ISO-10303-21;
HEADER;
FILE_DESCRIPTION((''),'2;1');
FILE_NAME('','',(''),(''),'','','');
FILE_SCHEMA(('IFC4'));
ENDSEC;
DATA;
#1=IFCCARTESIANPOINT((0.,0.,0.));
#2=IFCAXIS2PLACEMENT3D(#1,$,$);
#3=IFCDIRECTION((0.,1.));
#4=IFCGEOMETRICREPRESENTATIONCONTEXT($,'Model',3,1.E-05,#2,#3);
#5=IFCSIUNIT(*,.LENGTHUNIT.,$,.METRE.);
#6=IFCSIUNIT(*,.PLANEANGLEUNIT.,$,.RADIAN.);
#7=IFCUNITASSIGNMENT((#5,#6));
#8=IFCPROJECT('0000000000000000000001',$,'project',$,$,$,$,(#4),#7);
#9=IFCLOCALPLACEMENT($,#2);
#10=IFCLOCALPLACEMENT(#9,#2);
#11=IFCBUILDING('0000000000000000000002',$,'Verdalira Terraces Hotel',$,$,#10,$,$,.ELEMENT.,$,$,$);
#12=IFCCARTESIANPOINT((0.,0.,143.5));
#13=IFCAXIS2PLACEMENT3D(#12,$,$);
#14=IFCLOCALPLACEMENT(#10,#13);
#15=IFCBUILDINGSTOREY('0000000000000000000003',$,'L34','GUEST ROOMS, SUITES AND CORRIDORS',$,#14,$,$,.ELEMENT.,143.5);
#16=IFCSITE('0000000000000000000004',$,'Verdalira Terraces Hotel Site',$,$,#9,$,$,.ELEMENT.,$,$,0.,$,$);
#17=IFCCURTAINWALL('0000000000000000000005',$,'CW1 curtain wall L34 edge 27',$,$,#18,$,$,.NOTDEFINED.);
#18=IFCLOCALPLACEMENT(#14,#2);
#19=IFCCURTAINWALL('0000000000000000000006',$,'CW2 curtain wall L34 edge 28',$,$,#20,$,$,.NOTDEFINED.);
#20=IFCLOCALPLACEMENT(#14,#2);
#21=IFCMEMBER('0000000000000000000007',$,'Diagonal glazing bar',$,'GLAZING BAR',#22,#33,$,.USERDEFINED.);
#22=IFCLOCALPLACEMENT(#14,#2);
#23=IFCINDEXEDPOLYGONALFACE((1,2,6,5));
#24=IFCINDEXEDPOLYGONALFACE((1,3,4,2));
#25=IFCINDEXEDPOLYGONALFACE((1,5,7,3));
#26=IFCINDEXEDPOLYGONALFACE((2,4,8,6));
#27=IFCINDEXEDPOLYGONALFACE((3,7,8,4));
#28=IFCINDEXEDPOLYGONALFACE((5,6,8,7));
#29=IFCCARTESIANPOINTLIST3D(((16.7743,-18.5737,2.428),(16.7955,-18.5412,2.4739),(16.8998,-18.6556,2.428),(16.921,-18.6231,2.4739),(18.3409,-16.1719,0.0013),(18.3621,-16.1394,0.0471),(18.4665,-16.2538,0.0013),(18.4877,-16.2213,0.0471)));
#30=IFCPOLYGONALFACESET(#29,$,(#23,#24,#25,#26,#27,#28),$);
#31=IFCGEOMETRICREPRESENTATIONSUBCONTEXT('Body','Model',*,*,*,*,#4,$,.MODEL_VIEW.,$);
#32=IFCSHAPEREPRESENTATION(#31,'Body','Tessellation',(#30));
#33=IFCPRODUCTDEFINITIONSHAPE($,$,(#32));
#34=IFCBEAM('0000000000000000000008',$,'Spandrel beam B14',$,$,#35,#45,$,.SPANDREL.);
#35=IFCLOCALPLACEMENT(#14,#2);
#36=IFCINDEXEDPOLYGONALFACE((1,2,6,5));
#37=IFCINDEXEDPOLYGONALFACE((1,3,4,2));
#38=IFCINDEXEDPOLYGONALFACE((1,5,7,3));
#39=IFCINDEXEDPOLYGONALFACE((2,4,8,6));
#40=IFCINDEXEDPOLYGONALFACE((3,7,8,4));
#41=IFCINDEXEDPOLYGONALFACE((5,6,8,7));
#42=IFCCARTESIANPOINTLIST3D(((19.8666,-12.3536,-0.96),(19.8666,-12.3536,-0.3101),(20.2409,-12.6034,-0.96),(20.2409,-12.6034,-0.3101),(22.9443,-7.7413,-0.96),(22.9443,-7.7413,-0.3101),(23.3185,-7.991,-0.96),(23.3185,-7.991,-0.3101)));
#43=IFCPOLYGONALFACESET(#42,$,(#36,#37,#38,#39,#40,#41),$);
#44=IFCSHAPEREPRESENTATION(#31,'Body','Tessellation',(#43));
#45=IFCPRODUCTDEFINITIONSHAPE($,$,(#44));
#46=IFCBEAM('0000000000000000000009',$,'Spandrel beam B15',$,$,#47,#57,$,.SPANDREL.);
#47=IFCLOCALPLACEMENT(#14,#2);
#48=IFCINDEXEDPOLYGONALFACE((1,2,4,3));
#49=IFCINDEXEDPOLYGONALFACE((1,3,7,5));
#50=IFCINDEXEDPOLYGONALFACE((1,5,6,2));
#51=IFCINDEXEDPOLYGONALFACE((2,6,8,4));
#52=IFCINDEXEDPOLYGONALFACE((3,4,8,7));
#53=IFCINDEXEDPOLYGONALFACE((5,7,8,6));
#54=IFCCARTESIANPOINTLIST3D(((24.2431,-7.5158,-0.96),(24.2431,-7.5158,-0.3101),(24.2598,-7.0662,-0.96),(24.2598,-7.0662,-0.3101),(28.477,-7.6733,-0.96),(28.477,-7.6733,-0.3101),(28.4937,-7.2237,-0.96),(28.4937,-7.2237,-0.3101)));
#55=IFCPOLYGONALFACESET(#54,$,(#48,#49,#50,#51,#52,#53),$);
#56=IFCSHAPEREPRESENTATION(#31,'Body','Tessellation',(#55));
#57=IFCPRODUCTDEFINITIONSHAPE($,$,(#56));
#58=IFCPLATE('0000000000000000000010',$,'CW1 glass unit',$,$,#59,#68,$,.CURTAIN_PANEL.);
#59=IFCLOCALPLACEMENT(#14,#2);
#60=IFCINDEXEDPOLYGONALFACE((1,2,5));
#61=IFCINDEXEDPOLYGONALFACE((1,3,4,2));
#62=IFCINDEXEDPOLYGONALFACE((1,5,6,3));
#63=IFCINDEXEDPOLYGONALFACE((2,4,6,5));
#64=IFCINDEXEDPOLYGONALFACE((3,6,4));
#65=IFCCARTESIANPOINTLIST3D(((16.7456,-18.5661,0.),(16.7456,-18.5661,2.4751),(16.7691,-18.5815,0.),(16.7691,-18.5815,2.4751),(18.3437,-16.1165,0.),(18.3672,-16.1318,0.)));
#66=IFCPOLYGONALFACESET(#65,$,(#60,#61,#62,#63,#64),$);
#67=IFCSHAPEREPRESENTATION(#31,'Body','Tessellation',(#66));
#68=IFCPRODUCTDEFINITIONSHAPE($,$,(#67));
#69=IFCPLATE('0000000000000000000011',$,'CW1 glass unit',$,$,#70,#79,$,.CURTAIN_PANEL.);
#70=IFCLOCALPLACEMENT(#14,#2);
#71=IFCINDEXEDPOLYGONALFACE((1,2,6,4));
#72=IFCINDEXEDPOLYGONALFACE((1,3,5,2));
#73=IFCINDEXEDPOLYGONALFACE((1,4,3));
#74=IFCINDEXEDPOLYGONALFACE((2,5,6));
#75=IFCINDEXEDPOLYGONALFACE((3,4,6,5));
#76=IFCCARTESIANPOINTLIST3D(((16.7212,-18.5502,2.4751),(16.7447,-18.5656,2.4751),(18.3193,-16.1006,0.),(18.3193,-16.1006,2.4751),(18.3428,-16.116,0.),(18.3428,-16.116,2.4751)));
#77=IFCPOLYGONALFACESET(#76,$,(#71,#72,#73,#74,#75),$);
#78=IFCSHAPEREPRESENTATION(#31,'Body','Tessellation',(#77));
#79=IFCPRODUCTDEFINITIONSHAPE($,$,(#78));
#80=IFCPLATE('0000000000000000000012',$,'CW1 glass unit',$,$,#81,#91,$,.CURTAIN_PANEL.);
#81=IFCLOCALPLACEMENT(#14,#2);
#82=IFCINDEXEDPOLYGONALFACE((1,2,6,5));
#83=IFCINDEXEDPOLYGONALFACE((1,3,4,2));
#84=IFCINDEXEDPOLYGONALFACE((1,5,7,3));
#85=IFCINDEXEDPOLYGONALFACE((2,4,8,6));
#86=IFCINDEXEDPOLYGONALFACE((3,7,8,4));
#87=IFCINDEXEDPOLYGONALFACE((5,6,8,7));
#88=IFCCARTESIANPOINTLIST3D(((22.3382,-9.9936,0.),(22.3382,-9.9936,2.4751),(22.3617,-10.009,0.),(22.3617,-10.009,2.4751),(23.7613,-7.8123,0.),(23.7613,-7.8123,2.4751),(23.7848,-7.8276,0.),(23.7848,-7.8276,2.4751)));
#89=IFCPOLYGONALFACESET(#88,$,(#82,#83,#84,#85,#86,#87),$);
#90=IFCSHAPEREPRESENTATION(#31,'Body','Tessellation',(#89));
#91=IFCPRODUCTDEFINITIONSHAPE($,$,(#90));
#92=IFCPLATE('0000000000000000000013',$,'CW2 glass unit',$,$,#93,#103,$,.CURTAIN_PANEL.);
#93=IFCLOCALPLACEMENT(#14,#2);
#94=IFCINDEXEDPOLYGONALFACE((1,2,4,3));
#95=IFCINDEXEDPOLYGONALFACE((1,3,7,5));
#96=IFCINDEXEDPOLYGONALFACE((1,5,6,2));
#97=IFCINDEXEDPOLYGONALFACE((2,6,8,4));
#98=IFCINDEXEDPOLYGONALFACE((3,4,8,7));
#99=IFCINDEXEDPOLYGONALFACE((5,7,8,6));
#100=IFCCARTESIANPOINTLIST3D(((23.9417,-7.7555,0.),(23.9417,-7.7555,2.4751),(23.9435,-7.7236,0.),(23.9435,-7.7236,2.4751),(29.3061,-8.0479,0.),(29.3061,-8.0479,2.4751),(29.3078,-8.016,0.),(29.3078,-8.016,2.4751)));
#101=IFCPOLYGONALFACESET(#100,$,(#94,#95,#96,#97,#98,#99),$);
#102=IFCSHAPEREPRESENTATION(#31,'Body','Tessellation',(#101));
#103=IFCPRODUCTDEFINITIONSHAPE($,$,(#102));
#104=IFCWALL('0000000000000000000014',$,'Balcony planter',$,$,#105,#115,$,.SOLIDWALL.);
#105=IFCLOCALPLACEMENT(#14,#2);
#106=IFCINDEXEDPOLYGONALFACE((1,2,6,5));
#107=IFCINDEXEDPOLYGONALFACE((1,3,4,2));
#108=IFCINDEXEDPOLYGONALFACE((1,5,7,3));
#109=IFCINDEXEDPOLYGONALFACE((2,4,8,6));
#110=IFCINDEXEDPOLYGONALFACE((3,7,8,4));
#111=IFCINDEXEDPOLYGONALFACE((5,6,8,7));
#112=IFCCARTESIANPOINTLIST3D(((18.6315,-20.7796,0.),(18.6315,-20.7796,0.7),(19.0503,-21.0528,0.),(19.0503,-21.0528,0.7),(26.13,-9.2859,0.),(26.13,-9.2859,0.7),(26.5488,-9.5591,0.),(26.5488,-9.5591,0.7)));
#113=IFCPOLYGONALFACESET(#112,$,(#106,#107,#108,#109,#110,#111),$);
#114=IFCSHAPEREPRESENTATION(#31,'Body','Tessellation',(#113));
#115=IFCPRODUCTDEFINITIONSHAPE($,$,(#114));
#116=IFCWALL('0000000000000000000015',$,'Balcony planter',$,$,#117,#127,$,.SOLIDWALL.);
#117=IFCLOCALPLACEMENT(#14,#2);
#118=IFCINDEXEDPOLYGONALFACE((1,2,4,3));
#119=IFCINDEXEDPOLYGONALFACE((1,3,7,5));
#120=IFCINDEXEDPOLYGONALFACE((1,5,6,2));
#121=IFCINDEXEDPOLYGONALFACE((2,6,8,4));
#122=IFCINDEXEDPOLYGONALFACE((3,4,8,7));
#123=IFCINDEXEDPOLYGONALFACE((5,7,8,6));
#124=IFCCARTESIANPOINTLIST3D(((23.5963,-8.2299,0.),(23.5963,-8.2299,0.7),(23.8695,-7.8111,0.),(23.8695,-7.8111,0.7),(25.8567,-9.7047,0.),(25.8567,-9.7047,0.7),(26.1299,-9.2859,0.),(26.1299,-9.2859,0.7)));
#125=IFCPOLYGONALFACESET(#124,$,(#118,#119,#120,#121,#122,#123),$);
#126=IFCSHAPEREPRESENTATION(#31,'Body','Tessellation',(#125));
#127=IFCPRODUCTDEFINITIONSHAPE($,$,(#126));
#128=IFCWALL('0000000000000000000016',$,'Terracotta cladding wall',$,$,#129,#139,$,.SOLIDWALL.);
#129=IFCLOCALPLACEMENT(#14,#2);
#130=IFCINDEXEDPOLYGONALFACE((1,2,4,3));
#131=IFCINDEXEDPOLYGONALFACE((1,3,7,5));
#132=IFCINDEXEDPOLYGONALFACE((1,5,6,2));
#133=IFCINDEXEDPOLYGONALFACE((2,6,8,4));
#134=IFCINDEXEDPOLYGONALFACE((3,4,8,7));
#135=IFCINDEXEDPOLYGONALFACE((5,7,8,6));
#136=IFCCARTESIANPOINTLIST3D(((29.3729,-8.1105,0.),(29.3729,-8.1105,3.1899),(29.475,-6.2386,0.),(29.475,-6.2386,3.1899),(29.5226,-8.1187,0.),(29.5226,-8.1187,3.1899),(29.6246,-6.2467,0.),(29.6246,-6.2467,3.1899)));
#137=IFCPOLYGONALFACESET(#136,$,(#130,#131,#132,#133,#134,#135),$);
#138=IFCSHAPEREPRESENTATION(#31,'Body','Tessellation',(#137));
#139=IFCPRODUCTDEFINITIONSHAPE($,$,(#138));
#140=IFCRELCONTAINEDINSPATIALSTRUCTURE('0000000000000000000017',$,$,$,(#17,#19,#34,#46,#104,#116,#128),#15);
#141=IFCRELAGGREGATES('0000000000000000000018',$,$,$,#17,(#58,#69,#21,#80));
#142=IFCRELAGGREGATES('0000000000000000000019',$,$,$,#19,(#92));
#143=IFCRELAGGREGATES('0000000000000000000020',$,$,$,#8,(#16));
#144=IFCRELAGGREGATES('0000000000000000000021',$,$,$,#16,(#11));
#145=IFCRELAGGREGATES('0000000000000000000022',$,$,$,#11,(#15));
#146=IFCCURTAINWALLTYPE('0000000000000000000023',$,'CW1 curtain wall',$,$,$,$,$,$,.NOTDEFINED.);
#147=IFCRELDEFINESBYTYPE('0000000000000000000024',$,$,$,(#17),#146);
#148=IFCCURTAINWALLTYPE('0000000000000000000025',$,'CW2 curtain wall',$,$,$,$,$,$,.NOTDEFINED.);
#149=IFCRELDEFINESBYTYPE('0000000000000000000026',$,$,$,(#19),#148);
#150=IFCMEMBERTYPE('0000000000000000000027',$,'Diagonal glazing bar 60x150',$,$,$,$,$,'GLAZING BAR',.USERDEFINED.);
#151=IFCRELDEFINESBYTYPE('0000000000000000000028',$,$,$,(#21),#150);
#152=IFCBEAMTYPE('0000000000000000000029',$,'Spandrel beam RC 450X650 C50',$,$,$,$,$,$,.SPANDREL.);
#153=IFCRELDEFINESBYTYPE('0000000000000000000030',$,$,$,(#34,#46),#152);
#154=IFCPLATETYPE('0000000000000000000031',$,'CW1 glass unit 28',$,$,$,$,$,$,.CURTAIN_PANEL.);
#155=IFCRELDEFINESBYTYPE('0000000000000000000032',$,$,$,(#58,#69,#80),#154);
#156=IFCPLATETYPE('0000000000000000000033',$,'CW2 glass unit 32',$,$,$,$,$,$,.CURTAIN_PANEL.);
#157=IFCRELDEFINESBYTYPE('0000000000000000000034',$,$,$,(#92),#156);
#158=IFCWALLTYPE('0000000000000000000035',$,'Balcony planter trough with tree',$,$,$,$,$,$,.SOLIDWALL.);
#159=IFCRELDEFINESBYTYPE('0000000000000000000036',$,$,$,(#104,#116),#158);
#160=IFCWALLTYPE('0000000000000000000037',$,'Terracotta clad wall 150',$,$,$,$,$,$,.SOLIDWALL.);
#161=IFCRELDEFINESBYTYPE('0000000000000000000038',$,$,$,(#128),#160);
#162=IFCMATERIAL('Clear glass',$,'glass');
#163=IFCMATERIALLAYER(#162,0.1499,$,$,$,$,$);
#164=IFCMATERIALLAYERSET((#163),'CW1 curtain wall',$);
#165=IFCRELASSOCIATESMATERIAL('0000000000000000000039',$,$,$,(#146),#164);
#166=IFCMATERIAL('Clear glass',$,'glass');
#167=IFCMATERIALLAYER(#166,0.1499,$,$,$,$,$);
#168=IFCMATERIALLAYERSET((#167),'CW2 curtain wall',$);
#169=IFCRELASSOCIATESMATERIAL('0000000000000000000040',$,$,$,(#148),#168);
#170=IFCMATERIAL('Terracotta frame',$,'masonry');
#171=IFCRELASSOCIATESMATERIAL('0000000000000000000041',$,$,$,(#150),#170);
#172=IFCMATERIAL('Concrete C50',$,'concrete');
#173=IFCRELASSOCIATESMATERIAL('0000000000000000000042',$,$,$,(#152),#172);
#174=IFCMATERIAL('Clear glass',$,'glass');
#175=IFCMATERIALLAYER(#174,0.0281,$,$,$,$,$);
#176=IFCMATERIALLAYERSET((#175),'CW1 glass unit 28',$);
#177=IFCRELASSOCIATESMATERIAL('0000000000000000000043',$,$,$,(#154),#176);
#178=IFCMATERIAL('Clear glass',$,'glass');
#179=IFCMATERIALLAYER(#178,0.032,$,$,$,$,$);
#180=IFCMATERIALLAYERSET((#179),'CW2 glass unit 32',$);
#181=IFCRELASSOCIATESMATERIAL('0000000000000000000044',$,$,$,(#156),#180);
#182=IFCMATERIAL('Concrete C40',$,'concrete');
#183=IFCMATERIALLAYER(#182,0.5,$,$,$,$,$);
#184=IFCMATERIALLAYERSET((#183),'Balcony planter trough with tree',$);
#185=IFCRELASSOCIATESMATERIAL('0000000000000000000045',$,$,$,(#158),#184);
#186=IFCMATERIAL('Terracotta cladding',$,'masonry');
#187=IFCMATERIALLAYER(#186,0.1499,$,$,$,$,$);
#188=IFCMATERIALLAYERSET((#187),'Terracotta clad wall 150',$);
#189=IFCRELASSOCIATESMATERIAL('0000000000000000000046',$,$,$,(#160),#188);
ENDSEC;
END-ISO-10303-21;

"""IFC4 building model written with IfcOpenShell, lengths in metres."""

from ifc_helpers import new_model, si_unit, direction, frame, frame_2d, origin, origin_2d, place, context, subcontext, project, spatial, polyline, rectangle, outline, extrude, material, layer, layer_set, material_profile, profile_set, type_object, element, aggregate, save


model = new_model("IFC4")

# Units and contexts
model_context = context("Model", 3, precision=1e-05, world=origin(), true_north=direction((0.0, 1.0)))
body_context = subcontext(model_context, "Body", "Model", "MODEL_VIEW")
ifc_project = project(units=[si_unit("LENGTHUNIT", "METRE"), si_unit("PLANEANGLEUNIT", "RADIAN")], contexts=[model_context])

# Site, building, storey
site_placement = place(None, origin())
site = spatial("IfcSite", under=ifc_project, at=site_placement, Name="Verdalira Terraces Hotel Site", CompositionType="ELEMENT", RefElevation=0.0)
building_placement = place(site_placement, origin())
building = spatial("IfcBuilding", under=site, at=building_placement, Name="Verdalira Terraces Hotel", CompositionType="ELEMENT")
storey_placement = place(building_placement, frame((0.0, 0.0, 143.5)))
storey = spatial("IfcBuildingStorey", under=building, at=storey_placement, Name="L34", Description="GUEST ROOMS, SUITES AND CORRIDORS", CompositionType="ELEMENT", Elevation=143.5)

# Shared definitions
ifc_material_1 = material(Name="Clear glass", Category="glass")
ifc_layer_1 = layer(ifc_material_1, 0.1499)
ifc_layer_set_1 = layer_set([ifc_layer_1], Name="CW1 curtain wall")
curtain_wall_type_1 = type_object("IfcCurtainWallType", Name="CW1 curtain wall", PredefinedType="NOTDEFINED", material=ifc_layer_set_1)

# Curtain walls
curtain_wall_1_placement = place(storey_placement, origin())
curtain_wall_1 = element("IfcCurtainWall", 1, at=curtain_wall_1_placement, inside=storey, type_object=curtain_wall_type_1, Name="CW1 curtain wall L34 edge 27", PredefinedType="NOTDEFINED")
ifc_material_2 = material(Name="Clear glass", Category="glass")
ifc_layer_2 = layer(ifc_material_2, 0.1499)
ifc_layer_set_2 = layer_set([ifc_layer_2], Name="CW2 curtain wall")
curtain_wall_type_2 = type_object("IfcCurtainWallType", Name="CW2 curtain wall", PredefinedType="NOTDEFINED", material=ifc_layer_set_2)
curtain_wall_2_placement = place(storey_placement, origin())
curtain_wall_2 = element("IfcCurtainWall", 2, at=curtain_wall_2_placement, inside=storey, type_object=curtain_wall_type_2, Name="CW2 curtain wall L34 edge 28", PredefinedType="NOTDEFINED")

# Member
ifc_material_3 = material(Name="Terracotta frame", Category="masonry")
ifc_material_profile_1 = material_profile(ifc_material_3, rectangle(XDim=0.1499, YDim=0.0601, at=origin_2d()), Name="GB 60x150")
ifc_profile_set_1 = profile_set([ifc_material_profile_1], Name="Terracotta frame")
member_type_1 = type_object("IfcMemberType", Name="Diagonal glazing bar 60x150", ElementType="GLAZING BAR", PredefinedType="USERDEFINED", material=ifc_profile_set_1)
member_1_placement = place(storey_placement, frame((16.8477, -18.5984, 2.4509), z_axis=(0.417033, 0.63936, -0.645989), x_axis=(-0.837575, 0.546322, 0.0)))
member_1 = element("IfcMember", 3, at=member_1_placement, type_object=member_type_1, Name="Diagonal glazing bar", ObjectType="GLAZING BAR", PredefinedType="USERDEFINED", context=body_context, shape_type="SweptSolid", body=[
    extrude(rectangle(XDim=0.1499, YDim=0.0601, at=origin_2d()), origin(), (0.0, 0.0, 1.0), 3.7566),
])

# Beams
ifc_material_4 = material(Name="Concrete C50", Category="concrete")
ifc_material_profile_2 = material_profile(ifc_material_4, rectangle(XDim=0.45, YDim=0.6499, at=origin_2d()), Name="RC 450X650")
ifc_profile_set_2 = profile_set([ifc_material_profile_2], Name="Concrete C50")
beam_type_1 = type_object("IfcBeamType", Name="Spandrel beam RC 450X650 C50", PredefinedType="SPANDREL", material=ifc_profile_set_2)
beam_1_placement = place(storey_placement, frame((20.0537, -12.4785, -0.635), z_axis=(0.555046, 0.83182, 0.0), x_axis=(-0.83182, 0.555046, 0.0)))
element("IfcBeam", 4, at=beam_1_placement, inside=storey, type_object=beam_type_1, Name="Spandrel beam B14", PredefinedType="SPANDREL", context=body_context, shape_type="SweptSolid", body=[
    extrude(rectangle(XDim=0.45, YDim=0.6499, at=origin_2d()), origin(), (0.0, 0.0, 1.0), 5.5449),
])
beam_2_placement = place(storey_placement, frame((24.2515, -7.291, -0.635), z_axis=(0.999309, -0.037167, 0.0), x_axis=(0.037167, 0.999309, 0.0)))
element("IfcBeam", 5, at=beam_2_placement, inside=storey, type_object=beam_type_1, Name="Spandrel beam B15", PredefinedType="SPANDREL", context=body_context, shape_type="SweptSolid", body=[
    extrude(rectangle(XDim=0.45, YDim=0.6499, at=origin_2d()), origin(), (0.0, 0.0, 1.0), 4.2368),
])

# Plates
ifc_material_5 = material(Name="Clear glass", Category="glass")
ifc_layer_3 = layer(ifc_material_5, 0.0281)
ifc_layer_set_3 = layer_set([ifc_layer_3], Name="CW1 glass unit 28")
plate_type_1 = type_object("IfcPlateType", Name="CW1 glass unit 28", PredefinedType="CURTAIN_PANEL", material=ifc_layer_set_3)
plate_1_placement = place(storey_placement, frame((17.5447, -17.3413, 1.2375), z_axis=(0.837528, -0.546394, 0.0), x_axis=(0.546394, 0.837528, 0.0)))
plate_1 = element("IfcPlate", 6, at=plate_1_placement, type_object=plate_type_1, Name="CW1 glass unit", PredefinedType="CURTAIN_PANEL", context=body_context, shape_type="SweptSolid", body=[
    extrude(outline(polyline([(-1.4624, -1.2375), (1.4624, -1.2375), (-1.4624, 1.2375), (-1.4624, -1.2375)])), origin(), (0.0, 0.0, 1.0), 0.0281),
])
plate_2_placement = place(storey_placement, frame((17.5203, -17.3254, 1.2375), z_axis=(0.837528, -0.546394, 0.0), x_axis=(0.546394, 0.837528, 0.0)))
plate_2 = element("IfcPlate", 7, at=plate_2_placement, type_object=plate_type_1, Name="CW1 glass unit", PredefinedType="CURTAIN_PANEL", context=body_context, shape_type="SweptSolid", body=[
    extrude(outline(polyline([(1.4624, -1.2375), (1.4624, 1.2375), (-1.4624, 1.2375), (1.4624, -1.2375)])), origin(), (0.0, 0.0, 1.0), 0.0281),
])
plate_3_placement = place(storey_placement, frame((23.0615, -8.9106, 0.0), z_axis=(0.0, 0.0, 1.0), x_axis=(0.546394, 0.837528, 0.0)))
plate_3 = element("IfcPlate", 8, at=plate_3_placement, type_object=plate_type_1, Name="CW1 glass unit", PredefinedType="CURTAIN_PANEL", context=body_context, shape_type="SweptSolid", body=[
    extrude(rectangle(XDim=2.6045, YDim=0.0281, at=origin_2d()), origin(), (0.0, 0.0, 1.0), 2.4751),
])
aggregate(curtain_wall_1, [plate_1, plate_2, member_1, plate_3])
ifc_material_6 = material(Name="Clear glass", Category="glass")
ifc_layer_4 = layer(ifc_material_6, 0.032)
ifc_layer_set_4 = layer_set([ifc_layer_4], Name="CW2 glass unit 32")
plate_type_2 = type_object("IfcPlateType", Name="CW2 glass unit 32", PredefinedType="CURTAIN_PANEL", material=ifc_layer_set_4)
plate_4_placement = place(storey_placement, frame((26.6248, -7.8857, 0.0), z_axis=(0.0, 0.0, 1.0), x_axis=(0.998518, -0.054427, 0.0)))
plate_4 = element("IfcPlate", 9, at=plate_4_placement, type_object=plate_type_2, Name="CW2 glass unit", PredefinedType="CURTAIN_PANEL", context=body_context, shape_type="SweptSolid", body=[
    extrude(rectangle(XDim=5.3723, YDim=0.032, at=origin_2d()), origin(), (0.0, 0.0, 1.0), 2.4751),
])
aggregate(curtain_wall_2, [plate_4])

# Walls
ifc_material_7 = material(Name="Concrete C40", Category="concrete")
ifc_layer_5 = layer(ifc_material_7, 0.5)
ifc_layer_set_5 = layer_set([ifc_layer_5], Name="Balcony planter trough with tree")
wall_type_1 = type_object("IfcWallType", Name="Balcony planter trough with tree", PredefinedType="SOLIDWALL", material=ifc_layer_set_5)
wall_1_placement = place(storey_placement, frame((18.8408, -20.9163, 0.0), z_axis=(0.0, 0.0, 1.0), x_axis=(0.546405, 0.837521, 0.0)))
element("IfcWall", 10, at=wall_1_placement, inside=storey, type_object=wall_type_1, Name="Balcony planter", PredefinedType="SOLIDWALL", context=body_context, shape_type="SweptSolid", body=[
    extrude(rectangle(XDim=13.7234, YDim=0.5, at=frame_2d((6.8618, 0.0))), origin(), (0.0, 0.0, 1.0), 0.7),
])
wall_2_placement = place(storey_placement, frame((25.9934, -9.4954, 0.0), z_axis=(0.0, 0.0, 1.0), x_axis=(-0.837506, 0.546428, 0.0)))
element("IfcWall", 11, at=wall_2_placement, inside=storey, type_object=wall_type_1, Name="Balcony planter", PredefinedType="SOLIDWALL", context=body_context, shape_type="SweptSolid", body=[
    extrude(rectangle(XDim=2.699, YDim=0.5, at=frame_2d((1.3496, 0.0))), origin(), (0.0, 0.0, 1.0), 0.7),
])
ifc_material_8 = material(Name="Terracotta cladding", Category="masonry")
ifc_layer_6 = layer(ifc_material_8, 0.1499)
ifc_layer_set_6 = layer_set([ifc_layer_6], Name="Terracotta clad wall 150")
wall_type_2 = type_object("IfcWallType", Name="Terracotta clad wall 150", PredefinedType="SOLIDWALL", material=ifc_layer_set_6)
wall_3_placement = place(storey_placement, frame((29.4478, -8.1147, 0.0), z_axis=(0.0, 0.0, 1.0), x_axis=(0.054431, 0.998518, 0.0)))
element("IfcWall", 12, at=wall_3_placement, inside=storey, type_object=wall_type_2, Name="Terracotta cladding wall", PredefinedType="SOLIDWALL", context=body_context, shape_type="SweptSolid", body=[
    extrude(rectangle(XDim=1.8748, YDim=0.1499, at=frame_2d((0.9375, 0.0))), origin(), (0.0, 0.0, 1.0), 3.1899),
])

save(model, "model.ifc")
